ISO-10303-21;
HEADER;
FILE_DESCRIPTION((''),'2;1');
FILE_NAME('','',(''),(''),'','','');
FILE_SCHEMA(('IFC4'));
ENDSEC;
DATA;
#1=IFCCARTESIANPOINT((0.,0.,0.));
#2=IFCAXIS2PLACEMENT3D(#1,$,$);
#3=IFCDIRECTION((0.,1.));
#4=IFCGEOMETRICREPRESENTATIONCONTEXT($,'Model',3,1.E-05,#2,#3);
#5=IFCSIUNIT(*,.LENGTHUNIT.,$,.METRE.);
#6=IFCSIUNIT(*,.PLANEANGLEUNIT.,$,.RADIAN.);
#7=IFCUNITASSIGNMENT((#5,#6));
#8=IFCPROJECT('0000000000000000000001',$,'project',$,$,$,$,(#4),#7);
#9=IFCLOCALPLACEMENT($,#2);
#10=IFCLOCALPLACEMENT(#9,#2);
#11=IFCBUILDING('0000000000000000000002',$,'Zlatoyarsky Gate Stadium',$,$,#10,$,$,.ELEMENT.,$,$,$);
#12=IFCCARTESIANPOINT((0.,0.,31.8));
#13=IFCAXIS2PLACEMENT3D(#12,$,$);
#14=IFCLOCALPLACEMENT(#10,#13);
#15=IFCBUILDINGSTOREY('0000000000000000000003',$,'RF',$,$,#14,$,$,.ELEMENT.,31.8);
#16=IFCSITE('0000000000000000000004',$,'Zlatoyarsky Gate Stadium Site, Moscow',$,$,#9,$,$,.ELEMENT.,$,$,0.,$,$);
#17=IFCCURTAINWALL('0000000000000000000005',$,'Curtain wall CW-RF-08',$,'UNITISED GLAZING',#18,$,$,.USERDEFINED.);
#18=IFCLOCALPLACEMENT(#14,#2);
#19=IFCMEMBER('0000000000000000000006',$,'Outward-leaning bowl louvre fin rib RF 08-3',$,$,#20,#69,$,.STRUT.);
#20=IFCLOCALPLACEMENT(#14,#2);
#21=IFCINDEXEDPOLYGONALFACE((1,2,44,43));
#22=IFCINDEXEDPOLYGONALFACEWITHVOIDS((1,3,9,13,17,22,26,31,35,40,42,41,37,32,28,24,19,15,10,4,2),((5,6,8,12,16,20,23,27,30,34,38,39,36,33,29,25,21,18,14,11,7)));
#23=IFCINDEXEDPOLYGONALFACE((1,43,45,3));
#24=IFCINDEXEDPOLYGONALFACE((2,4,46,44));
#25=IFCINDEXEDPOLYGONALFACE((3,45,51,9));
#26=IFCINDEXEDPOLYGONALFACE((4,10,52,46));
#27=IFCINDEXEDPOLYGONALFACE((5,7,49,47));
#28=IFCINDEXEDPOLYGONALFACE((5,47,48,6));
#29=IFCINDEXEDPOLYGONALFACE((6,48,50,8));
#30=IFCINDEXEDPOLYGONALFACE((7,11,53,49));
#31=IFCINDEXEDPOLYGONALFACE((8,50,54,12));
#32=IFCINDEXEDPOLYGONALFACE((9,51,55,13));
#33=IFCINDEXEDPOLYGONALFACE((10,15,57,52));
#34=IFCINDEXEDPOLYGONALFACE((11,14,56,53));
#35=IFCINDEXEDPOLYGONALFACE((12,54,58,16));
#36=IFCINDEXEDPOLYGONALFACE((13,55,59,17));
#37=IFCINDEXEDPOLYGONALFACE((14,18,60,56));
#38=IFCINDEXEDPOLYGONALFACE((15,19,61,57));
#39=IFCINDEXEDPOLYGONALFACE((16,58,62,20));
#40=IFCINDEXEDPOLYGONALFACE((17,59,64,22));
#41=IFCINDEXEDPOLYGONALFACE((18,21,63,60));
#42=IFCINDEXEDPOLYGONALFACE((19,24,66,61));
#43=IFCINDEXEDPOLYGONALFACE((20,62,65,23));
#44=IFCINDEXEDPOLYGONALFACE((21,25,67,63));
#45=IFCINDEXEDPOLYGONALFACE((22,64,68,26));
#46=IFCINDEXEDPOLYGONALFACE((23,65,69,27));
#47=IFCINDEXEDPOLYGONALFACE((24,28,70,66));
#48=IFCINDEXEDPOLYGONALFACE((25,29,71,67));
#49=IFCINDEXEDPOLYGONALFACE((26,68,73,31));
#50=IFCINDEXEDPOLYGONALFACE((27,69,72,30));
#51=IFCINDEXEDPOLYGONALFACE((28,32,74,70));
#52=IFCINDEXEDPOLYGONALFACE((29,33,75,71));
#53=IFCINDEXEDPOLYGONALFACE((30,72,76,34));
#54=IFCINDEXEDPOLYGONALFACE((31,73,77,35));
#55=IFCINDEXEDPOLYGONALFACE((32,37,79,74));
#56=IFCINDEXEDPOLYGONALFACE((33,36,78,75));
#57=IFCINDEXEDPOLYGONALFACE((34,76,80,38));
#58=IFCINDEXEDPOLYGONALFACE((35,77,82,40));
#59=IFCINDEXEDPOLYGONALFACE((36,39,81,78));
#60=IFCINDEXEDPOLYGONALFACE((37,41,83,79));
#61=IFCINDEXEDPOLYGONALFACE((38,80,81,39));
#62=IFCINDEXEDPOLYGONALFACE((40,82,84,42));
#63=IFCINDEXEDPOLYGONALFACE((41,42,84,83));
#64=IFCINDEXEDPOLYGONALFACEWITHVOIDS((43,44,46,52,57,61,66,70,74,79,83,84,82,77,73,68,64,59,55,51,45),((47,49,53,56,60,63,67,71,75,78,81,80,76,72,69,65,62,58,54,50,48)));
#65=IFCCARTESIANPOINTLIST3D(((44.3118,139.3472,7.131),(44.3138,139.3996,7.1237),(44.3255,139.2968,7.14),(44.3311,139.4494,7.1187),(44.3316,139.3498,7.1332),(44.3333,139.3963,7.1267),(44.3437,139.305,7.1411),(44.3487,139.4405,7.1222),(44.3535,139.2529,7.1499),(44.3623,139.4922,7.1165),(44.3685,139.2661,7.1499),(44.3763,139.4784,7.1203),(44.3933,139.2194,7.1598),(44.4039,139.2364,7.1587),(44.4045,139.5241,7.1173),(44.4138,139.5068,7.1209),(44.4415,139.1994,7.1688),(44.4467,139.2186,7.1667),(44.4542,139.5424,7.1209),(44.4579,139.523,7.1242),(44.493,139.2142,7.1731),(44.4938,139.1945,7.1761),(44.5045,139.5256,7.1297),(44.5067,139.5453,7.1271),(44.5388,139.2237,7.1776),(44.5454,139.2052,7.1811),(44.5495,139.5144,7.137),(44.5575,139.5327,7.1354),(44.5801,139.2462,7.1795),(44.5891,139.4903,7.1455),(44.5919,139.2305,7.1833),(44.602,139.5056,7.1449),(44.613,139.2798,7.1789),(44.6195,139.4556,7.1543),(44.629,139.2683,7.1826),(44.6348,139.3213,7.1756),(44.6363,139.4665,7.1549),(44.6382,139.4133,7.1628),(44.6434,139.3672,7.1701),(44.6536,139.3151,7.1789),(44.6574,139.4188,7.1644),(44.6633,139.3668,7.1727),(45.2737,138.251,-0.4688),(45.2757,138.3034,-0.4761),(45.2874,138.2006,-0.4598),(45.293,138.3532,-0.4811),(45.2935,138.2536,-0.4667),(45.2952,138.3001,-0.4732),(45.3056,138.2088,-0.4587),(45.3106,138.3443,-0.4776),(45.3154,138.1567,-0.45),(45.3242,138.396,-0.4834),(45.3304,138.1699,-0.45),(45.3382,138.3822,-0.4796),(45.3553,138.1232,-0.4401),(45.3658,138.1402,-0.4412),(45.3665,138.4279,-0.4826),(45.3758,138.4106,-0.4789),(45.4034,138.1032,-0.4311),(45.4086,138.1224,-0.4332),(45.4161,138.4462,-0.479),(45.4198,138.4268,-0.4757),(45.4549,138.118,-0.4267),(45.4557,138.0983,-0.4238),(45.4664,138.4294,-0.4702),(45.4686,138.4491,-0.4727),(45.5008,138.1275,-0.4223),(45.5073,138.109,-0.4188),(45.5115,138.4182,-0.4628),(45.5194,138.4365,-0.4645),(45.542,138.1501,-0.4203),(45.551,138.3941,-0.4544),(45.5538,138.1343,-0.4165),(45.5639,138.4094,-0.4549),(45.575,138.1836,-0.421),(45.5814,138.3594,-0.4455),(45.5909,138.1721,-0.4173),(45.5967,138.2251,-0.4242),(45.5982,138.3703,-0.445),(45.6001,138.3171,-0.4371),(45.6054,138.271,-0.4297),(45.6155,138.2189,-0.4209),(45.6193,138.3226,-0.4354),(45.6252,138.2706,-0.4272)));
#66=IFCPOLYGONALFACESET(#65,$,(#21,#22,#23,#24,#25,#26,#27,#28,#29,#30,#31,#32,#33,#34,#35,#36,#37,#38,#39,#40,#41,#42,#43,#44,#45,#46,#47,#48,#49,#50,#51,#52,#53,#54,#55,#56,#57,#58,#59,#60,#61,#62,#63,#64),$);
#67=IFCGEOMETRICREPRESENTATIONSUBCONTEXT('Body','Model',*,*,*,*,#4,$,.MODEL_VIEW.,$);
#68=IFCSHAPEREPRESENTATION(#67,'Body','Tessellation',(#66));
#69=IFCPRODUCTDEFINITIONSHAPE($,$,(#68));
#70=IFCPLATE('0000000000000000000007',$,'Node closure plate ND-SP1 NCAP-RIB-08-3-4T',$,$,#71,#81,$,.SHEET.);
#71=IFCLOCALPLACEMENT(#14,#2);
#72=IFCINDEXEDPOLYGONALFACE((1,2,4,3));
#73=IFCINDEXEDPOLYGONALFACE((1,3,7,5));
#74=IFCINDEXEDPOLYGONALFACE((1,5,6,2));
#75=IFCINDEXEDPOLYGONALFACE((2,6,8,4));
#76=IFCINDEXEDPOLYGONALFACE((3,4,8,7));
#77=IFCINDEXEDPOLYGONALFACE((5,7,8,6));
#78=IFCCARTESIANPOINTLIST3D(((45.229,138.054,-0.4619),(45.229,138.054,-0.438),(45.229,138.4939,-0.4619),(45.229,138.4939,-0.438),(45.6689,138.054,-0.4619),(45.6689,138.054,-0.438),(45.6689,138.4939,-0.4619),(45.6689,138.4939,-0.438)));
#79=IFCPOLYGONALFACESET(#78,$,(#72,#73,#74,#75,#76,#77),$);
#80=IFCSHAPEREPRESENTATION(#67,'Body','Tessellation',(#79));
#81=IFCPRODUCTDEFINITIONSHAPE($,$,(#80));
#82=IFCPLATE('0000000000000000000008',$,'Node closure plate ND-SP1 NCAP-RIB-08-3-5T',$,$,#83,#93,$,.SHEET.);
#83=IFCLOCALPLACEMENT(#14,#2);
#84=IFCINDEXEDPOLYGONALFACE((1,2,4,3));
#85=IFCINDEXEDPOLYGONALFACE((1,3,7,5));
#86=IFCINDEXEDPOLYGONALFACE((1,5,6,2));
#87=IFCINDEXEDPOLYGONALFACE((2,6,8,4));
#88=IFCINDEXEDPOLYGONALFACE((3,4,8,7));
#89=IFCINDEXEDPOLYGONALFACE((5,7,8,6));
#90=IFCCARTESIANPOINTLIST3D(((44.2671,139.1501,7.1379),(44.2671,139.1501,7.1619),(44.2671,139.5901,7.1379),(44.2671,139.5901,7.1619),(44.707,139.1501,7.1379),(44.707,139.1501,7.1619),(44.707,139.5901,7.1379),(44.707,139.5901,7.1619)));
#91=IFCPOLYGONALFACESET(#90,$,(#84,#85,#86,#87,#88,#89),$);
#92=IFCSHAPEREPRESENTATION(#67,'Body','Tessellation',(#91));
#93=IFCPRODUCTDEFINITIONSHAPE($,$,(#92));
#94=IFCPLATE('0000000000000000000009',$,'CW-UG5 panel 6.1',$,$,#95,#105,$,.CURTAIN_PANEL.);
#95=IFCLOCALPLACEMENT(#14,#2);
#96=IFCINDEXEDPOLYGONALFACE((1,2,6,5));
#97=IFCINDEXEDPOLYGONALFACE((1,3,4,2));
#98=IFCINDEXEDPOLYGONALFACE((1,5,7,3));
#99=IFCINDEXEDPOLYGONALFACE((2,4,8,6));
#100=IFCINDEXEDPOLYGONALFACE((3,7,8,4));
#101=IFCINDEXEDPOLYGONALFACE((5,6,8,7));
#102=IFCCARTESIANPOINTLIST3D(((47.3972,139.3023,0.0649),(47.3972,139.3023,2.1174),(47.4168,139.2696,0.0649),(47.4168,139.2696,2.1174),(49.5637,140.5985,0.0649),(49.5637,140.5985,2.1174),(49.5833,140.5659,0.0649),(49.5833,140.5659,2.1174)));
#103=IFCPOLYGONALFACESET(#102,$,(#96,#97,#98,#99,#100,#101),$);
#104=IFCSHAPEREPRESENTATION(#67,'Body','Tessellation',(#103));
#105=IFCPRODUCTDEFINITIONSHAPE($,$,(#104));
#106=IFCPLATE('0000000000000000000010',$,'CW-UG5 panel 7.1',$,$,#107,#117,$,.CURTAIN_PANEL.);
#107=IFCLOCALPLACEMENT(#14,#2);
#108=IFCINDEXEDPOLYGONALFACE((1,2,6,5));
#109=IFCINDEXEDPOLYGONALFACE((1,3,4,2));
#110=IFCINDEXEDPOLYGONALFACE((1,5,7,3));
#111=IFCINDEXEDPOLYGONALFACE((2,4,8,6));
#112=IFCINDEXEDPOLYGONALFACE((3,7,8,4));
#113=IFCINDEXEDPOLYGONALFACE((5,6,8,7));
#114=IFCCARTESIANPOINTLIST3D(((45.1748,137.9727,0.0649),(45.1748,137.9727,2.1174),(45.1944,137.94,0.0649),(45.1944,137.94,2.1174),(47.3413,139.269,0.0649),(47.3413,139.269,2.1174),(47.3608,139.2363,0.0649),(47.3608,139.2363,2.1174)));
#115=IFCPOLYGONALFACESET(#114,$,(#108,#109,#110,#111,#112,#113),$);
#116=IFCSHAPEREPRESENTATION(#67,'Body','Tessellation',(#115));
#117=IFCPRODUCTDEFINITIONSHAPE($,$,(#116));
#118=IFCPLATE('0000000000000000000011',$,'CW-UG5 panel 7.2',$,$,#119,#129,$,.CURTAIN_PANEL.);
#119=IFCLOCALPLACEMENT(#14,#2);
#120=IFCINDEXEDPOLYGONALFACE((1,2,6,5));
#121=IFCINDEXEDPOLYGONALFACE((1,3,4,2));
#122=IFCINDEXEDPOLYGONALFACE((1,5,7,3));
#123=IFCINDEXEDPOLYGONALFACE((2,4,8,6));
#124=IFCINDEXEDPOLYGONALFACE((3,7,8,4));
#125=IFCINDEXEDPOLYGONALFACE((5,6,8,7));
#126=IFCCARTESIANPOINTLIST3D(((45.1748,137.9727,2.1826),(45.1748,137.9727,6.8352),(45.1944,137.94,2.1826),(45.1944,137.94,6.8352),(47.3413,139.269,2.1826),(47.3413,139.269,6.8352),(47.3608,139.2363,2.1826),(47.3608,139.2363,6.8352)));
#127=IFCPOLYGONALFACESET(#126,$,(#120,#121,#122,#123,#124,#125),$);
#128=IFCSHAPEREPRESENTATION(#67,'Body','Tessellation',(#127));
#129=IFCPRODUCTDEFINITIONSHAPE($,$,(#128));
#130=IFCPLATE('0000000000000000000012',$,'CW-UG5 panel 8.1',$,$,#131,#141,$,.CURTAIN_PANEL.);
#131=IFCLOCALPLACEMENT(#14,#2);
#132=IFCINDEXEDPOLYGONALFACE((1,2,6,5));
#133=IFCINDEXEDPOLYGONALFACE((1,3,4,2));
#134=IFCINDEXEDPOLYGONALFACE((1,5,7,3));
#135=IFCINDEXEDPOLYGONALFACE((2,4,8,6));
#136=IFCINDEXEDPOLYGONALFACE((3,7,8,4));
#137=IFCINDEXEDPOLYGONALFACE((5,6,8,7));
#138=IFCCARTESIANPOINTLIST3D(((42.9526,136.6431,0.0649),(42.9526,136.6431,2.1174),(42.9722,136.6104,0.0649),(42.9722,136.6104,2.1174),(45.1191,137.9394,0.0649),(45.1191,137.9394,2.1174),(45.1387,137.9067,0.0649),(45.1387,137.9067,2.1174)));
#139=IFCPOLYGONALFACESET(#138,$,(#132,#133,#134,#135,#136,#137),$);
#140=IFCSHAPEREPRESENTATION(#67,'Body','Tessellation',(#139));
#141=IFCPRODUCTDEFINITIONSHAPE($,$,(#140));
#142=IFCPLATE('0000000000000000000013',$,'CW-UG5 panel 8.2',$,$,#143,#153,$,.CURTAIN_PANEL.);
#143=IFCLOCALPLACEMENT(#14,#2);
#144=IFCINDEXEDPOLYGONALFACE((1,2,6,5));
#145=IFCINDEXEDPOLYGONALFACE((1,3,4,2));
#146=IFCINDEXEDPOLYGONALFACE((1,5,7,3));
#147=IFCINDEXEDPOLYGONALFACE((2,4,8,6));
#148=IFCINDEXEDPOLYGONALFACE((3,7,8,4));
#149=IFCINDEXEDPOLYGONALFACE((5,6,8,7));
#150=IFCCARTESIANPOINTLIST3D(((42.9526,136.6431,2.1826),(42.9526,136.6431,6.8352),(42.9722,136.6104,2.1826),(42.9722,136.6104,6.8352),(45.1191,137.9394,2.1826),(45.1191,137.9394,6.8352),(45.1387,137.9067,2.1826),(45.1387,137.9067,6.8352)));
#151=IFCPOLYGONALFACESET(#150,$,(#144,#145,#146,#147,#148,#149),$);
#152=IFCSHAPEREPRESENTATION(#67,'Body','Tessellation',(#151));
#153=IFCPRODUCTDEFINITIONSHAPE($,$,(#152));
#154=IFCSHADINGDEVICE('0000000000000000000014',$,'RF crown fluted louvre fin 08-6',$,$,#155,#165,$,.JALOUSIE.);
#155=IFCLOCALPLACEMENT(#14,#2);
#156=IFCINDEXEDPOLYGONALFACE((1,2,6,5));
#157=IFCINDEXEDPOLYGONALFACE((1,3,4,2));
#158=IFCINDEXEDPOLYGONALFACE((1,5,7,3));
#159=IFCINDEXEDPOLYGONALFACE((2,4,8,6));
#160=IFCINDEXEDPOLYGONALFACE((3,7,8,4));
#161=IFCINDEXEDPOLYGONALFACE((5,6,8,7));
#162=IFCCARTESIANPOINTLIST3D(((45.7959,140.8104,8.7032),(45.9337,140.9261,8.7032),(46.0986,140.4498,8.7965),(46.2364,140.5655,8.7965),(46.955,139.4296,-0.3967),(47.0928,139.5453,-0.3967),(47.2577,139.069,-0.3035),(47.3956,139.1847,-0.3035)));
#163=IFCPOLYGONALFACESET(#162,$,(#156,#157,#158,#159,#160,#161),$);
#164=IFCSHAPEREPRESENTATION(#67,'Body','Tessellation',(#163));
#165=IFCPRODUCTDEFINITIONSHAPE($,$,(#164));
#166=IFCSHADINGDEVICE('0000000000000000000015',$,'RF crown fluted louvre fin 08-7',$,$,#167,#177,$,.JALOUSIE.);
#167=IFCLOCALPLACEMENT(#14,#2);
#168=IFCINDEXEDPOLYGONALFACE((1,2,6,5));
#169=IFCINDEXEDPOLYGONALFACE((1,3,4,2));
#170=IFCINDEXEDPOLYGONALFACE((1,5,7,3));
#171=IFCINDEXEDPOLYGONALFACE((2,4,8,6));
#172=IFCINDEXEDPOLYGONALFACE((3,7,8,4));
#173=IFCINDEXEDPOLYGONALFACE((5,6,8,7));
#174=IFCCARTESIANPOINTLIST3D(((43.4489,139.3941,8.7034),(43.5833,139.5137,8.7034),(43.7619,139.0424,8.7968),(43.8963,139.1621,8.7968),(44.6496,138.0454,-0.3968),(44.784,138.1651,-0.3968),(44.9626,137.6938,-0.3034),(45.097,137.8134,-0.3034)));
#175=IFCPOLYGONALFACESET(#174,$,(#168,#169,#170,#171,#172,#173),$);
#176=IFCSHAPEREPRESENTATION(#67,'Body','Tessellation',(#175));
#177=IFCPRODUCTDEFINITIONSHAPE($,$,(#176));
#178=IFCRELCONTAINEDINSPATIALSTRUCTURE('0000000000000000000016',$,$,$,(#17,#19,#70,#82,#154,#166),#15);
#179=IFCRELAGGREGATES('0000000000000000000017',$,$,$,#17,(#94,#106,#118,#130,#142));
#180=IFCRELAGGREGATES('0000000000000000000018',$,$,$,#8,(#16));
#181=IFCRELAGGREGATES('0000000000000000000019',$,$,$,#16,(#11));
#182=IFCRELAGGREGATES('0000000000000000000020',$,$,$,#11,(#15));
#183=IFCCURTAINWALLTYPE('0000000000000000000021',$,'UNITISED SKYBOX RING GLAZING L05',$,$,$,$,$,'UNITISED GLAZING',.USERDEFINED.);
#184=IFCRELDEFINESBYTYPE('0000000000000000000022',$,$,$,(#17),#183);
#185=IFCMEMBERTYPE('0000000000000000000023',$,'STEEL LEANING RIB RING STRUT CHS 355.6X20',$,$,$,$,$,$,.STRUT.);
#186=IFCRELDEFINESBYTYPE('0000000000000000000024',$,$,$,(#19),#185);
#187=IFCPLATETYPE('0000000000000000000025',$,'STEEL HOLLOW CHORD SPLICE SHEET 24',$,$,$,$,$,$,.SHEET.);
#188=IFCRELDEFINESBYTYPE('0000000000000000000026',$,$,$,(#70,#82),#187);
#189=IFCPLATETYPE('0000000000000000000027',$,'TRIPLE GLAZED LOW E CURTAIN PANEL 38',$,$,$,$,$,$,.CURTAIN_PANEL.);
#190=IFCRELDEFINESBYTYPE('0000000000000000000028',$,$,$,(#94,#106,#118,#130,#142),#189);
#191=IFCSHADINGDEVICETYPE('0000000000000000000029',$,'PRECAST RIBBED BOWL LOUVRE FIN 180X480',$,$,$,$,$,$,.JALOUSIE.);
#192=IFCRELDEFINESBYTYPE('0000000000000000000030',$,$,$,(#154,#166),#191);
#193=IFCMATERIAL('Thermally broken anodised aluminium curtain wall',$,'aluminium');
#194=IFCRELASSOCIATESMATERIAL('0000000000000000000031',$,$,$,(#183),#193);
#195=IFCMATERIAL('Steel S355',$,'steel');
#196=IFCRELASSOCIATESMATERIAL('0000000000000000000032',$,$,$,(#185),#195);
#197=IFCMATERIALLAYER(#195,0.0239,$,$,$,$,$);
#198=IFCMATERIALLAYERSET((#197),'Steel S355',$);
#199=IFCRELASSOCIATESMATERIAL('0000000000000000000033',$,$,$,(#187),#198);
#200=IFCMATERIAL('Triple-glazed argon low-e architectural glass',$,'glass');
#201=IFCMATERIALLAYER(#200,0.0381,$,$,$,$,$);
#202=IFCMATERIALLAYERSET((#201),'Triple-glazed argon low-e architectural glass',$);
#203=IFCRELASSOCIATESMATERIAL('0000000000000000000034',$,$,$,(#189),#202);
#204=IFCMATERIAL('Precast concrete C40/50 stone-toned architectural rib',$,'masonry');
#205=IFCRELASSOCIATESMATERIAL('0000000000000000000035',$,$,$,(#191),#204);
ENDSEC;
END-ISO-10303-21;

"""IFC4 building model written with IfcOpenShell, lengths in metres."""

from ifc_helpers import new_model, si_unit, direction, frame, origin, origin_2d, place, context, subcontext, project, spatial, rectangle, hollow_circle, extrude, material, layer, layer_set, material_profile, profile_set, type_object, element, aggregate, save


model = new_model("IFC4")

# Units and contexts
model_context = context("Model", 3, precision=1e-05, world=origin(), true_north=direction((0.0, 1.0)))
body_context = subcontext(model_context, "Body", "Model", "MODEL_VIEW")
ifc_project = project(units=[si_unit("LENGTHUNIT", "METRE"), si_unit("PLANEANGLEUNIT", "RADIAN")], contexts=[model_context])

# Site, building, storey
site_placement = place(None, origin())
site = spatial("IfcSite", under=ifc_project, at=site_placement, Name="Zlatoyarsky Gate Stadium Site, Moscow", CompositionType="ELEMENT", RefElevation=0.0)
building_placement = place(site_placement, origin())
building = spatial("IfcBuilding", under=site, at=building_placement, Name="Zlatoyarsky Gate Stadium", CompositionType="ELEMENT")
storey_placement = place(building_placement, frame((0.0, 0.0, 31.8)))
storey = spatial("IfcBuildingStorey", under=building, at=storey_placement, Name="RF", CompositionType="ELEMENT", Elevation=31.8)

# Curtain wall
ifc_material_1 = material(Name="Thermally broken anodised aluminium curtain wall", Category="aluminium")
curtain_wall_type = type_object("IfcCurtainWallType", Name="UNITISED SKYBOX RING GLAZING L05", ElementType="UNITISED GLAZING", PredefinedType="USERDEFINED", material=ifc_material_1)
curtain_wall_placement = place(storey_placement, origin())
curtain_wall = element("IfcCurtainWall", 1, at=curtain_wall_placement, inside=storey, type_object=curtain_wall_type, Name="Curtain wall CW-RF-08", ObjectType="UNITISED GLAZING", PredefinedType="USERDEFINED")

# Member
ifc_material_2 = material(Name="Steel S355", Category="steel")
ifc_material_profile_1 = material_profile(ifc_material_2, hollow_circle(Radius=0.1777, WallThickness=0.02, at=origin_2d()), Name="CHS 355.6X20")
ifc_profile_set_1 = profile_set([ifc_material_profile_1], Name="Steel S355")
member_type_1 = type_object("IfcMemberType", Name="STEEL LEANING RIB RING STRUT CHS 355.6X20", PredefinedType="STRUT", material=ifc_profile_set_1)
member_1_placement = place(storey_placement, frame((45.449, 138.2739, -0.45), z_axis=(-0.124302, 0.141654, 0.982081), x_axis=(-0.751643, -0.659571, 0.0)))
element("IfcMember", 2, at=member_1_placement, inside=storey, type_object=member_type_1, Name="Outward-leaning bowl louvre fin rib RF 08-3", PredefinedType="STRUT", context=body_context, shape_type="SweptSolid", body=[
    extrude(hollow_circle(Radius=0.1777, WallThickness=0.02, at=origin_2d()), origin(), (0.0, 0.0, 1.0), 7.7385),
])

# Plates
ifc_layer_1 = layer(ifc_material_2, 0.0239)
ifc_layer_set_1 = layer_set([ifc_layer_1], Name="Steel S355")
plate_type_1 = type_object("IfcPlateType", Name="STEEL HOLLOW CHORD SPLICE SHEET 24", PredefinedType="SHEET", material=ifc_layer_set_1)
for number, where, z_axis, x_axis, name in (
    (3, (45.449, 138.2739, -0.4619), (0.0, 0.0, 1.0), (1.0, 0.0, 0.0), "Node closure plate ND-SP1 NCAP-RIB-08-3-4T"),
    (4, (44.4871, 139.3701, 7.1379), (0.0, 0.0, 1.0), (1.0, 0.0, 0.0), "Node closure plate ND-SP1 NCAP-RIB-08-3-5T"),
):
    element("IfcPlate", number, at=place(storey_placement, frame(where, z_axis=z_axis, x_axis=x_axis)), inside=storey, type_object=plate_type_1, Name=name, PredefinedType="SHEET", context=body_context, shape_type="SweptSolid", body=[
        extrude(rectangle(XDim=0.4399, YDim=0.4399, at=origin_2d()), origin(), (0.0, 0.0, 1.0), 0.0239),
    ])

# Plates
ifc_material_3 = material(Name="Triple-glazed argon low-e architectural glass", Category="glass")
ifc_layer_2 = layer(ifc_material_3, 0.0381)
ifc_layer_set_2 = layer_set([ifc_layer_2], Name="Triple-glazed argon low-e architectural glass")
plate_type_2 = type_object("IfcPlateType", Name="TRIPLE GLAZED LOW E CURTAIN PANEL 38", PredefinedType="CURTAIN_PANEL", material=ifc_layer_set_2)
plate_1_placement = place(storey_placement, frame((48.4902, 139.9341, 0.0649), z_axis=(0.0, 0.0, 1.0), x_axis=(-0.858128, -0.513436, 0.0)))
plate_1 = element("IfcPlate", 5, at=plate_1_placement, type_object=plate_type_2, Name="CW-UG5 panel 6.1", PredefinedType="CURTAIN_PANEL", context=body_context, shape_type="SweptSolid", body=[
    extrude(rectangle(XDim=2.5247, YDim=0.0381, at=origin_2d()), origin(), (0.0, 0.0, 1.0), 2.0525),
])
plate_2_placement = place(storey_placement, frame((46.2678, 138.6045, 0.0649), z_axis=(0.0, 0.0, 1.0), x_axis=(-0.858128, -0.513436, 0.0)))
plate_2 = element("IfcPlate", 6, at=plate_2_placement, type_object=plate_type_2, Name="CW-UG5 panel 7.1", PredefinedType="CURTAIN_PANEL", context=body_context, shape_type="SweptSolid", body=[
    extrude(rectangle(XDim=2.5247, YDim=0.0381, at=origin_2d()), origin(), (0.0, 0.0, 1.0), 2.0525),
])
plate_3_placement = place(storey_placement, frame((46.2678, 138.6045, 2.1826), z_axis=(0.0, 0.0, 1.0), x_axis=(-0.858128, -0.513436, 0.0)))
plate_3 = element("IfcPlate", 7, at=plate_3_placement, type_object=plate_type_2, Name="CW-UG5 panel 7.2", PredefinedType="CURTAIN_PANEL", context=body_context, shape_type="SweptSolid", body=[
    extrude(rectangle(XDim=2.5247, YDim=0.0381, at=origin_2d()), origin(), (0.0, 0.0, 1.0), 4.6526),
])
plate_4_placement = place(storey_placement, frame((44.0457, 137.2749, 0.0649), z_axis=(0.0, 0.0, 1.0), x_axis=(-0.858128, -0.513436, 0.0)))
plate_4 = element("IfcPlate", 8, at=plate_4_placement, type_object=plate_type_2, Name="CW-UG5 panel 8.1", PredefinedType="CURTAIN_PANEL", context=body_context, shape_type="SweptSolid", body=[
    extrude(rectangle(XDim=2.5247, YDim=0.0381, at=origin_2d()), origin(), (0.0, 0.0, 1.0), 2.0525),
])
plate_5_placement = place(storey_placement, frame((44.0457, 137.2749, 2.1826), z_axis=(0.0, 0.0, 1.0), x_axis=(-0.858128, -0.513436, 0.0)))
plate_5 = element("IfcPlate", 9, at=plate_5_placement, type_object=plate_type_2, Name="CW-UG5 panel 8.2", PredefinedType="CURTAIN_PANEL", context=body_context, shape_type="SweptSolid", body=[
    extrude(rectangle(XDim=2.5247, YDim=0.0381, at=origin_2d()), origin(), (0.0, 0.0, 1.0), 4.6526),
])
aggregate(curtain_wall, [plate_1, plate_2, plate_3, plate_4, plate_5])

# Shading devices
ifc_material_4 = material(Name="Precast concrete C40/50 stone-toned architectural rib", Category="masonry")
ifc_material_profile_2 = material_profile(ifc_material_4, rectangle(XDim=0.1799, YDim=0.48, at=origin_2d()), Name="RIB 180X480")
ifc_profile_set_2 = profile_set([ifc_material_profile_2], Name="Precast concrete C40/50 stone-toned architectural rib")
shading_device_type = type_object("IfcShadingDeviceType", Name="PRECAST RIBBED BOWL LOUVRE FIN 180X480", PredefinedType="JALOUSIE", material=ifc_profile_set_2)
shading_device_1_placement = place(storey_placement, frame((47.1753, 139.3071, -0.3501), z_axis=(-0.124952, 0.148848, 0.980934), x_axis=(-0.765908, -0.642951, 0.0)))
element("IfcShadingDevice", 10, at=shading_device_1_placement, inside=storey, type_object=shading_device_type, Name="RF crown fluted louvre fin 08-6", PredefinedType="JALOUSIE", context=body_context, shape_type="SweptSolid", body=[
    extrude(rectangle(XDim=0.1799, YDim=0.48, at=origin_2d()), origin(), (0.0, 0.0, 1.0), 9.2769),
])
shading_device_2_placement = place(storey_placement, frame((44.8733, 137.9294, -0.3501), z_axis=(-0.129419, 0.145366, 0.980877), x_axis=(-0.746887, -0.664951, 0.0)))
element("IfcShadingDevice", 11, at=shading_device_2_placement, inside=storey, type_object=shading_device_type, Name="RF crown fluted louvre fin 08-7", PredefinedType="JALOUSIE", context=body_context, shape_type="SweptSolid", body=[
    extrude(rectangle(XDim=0.1799, YDim=0.48, at=origin_2d()), origin(), (0.0, 0.0, 1.0), 9.2776),
])

save(model, "model.ifc")
